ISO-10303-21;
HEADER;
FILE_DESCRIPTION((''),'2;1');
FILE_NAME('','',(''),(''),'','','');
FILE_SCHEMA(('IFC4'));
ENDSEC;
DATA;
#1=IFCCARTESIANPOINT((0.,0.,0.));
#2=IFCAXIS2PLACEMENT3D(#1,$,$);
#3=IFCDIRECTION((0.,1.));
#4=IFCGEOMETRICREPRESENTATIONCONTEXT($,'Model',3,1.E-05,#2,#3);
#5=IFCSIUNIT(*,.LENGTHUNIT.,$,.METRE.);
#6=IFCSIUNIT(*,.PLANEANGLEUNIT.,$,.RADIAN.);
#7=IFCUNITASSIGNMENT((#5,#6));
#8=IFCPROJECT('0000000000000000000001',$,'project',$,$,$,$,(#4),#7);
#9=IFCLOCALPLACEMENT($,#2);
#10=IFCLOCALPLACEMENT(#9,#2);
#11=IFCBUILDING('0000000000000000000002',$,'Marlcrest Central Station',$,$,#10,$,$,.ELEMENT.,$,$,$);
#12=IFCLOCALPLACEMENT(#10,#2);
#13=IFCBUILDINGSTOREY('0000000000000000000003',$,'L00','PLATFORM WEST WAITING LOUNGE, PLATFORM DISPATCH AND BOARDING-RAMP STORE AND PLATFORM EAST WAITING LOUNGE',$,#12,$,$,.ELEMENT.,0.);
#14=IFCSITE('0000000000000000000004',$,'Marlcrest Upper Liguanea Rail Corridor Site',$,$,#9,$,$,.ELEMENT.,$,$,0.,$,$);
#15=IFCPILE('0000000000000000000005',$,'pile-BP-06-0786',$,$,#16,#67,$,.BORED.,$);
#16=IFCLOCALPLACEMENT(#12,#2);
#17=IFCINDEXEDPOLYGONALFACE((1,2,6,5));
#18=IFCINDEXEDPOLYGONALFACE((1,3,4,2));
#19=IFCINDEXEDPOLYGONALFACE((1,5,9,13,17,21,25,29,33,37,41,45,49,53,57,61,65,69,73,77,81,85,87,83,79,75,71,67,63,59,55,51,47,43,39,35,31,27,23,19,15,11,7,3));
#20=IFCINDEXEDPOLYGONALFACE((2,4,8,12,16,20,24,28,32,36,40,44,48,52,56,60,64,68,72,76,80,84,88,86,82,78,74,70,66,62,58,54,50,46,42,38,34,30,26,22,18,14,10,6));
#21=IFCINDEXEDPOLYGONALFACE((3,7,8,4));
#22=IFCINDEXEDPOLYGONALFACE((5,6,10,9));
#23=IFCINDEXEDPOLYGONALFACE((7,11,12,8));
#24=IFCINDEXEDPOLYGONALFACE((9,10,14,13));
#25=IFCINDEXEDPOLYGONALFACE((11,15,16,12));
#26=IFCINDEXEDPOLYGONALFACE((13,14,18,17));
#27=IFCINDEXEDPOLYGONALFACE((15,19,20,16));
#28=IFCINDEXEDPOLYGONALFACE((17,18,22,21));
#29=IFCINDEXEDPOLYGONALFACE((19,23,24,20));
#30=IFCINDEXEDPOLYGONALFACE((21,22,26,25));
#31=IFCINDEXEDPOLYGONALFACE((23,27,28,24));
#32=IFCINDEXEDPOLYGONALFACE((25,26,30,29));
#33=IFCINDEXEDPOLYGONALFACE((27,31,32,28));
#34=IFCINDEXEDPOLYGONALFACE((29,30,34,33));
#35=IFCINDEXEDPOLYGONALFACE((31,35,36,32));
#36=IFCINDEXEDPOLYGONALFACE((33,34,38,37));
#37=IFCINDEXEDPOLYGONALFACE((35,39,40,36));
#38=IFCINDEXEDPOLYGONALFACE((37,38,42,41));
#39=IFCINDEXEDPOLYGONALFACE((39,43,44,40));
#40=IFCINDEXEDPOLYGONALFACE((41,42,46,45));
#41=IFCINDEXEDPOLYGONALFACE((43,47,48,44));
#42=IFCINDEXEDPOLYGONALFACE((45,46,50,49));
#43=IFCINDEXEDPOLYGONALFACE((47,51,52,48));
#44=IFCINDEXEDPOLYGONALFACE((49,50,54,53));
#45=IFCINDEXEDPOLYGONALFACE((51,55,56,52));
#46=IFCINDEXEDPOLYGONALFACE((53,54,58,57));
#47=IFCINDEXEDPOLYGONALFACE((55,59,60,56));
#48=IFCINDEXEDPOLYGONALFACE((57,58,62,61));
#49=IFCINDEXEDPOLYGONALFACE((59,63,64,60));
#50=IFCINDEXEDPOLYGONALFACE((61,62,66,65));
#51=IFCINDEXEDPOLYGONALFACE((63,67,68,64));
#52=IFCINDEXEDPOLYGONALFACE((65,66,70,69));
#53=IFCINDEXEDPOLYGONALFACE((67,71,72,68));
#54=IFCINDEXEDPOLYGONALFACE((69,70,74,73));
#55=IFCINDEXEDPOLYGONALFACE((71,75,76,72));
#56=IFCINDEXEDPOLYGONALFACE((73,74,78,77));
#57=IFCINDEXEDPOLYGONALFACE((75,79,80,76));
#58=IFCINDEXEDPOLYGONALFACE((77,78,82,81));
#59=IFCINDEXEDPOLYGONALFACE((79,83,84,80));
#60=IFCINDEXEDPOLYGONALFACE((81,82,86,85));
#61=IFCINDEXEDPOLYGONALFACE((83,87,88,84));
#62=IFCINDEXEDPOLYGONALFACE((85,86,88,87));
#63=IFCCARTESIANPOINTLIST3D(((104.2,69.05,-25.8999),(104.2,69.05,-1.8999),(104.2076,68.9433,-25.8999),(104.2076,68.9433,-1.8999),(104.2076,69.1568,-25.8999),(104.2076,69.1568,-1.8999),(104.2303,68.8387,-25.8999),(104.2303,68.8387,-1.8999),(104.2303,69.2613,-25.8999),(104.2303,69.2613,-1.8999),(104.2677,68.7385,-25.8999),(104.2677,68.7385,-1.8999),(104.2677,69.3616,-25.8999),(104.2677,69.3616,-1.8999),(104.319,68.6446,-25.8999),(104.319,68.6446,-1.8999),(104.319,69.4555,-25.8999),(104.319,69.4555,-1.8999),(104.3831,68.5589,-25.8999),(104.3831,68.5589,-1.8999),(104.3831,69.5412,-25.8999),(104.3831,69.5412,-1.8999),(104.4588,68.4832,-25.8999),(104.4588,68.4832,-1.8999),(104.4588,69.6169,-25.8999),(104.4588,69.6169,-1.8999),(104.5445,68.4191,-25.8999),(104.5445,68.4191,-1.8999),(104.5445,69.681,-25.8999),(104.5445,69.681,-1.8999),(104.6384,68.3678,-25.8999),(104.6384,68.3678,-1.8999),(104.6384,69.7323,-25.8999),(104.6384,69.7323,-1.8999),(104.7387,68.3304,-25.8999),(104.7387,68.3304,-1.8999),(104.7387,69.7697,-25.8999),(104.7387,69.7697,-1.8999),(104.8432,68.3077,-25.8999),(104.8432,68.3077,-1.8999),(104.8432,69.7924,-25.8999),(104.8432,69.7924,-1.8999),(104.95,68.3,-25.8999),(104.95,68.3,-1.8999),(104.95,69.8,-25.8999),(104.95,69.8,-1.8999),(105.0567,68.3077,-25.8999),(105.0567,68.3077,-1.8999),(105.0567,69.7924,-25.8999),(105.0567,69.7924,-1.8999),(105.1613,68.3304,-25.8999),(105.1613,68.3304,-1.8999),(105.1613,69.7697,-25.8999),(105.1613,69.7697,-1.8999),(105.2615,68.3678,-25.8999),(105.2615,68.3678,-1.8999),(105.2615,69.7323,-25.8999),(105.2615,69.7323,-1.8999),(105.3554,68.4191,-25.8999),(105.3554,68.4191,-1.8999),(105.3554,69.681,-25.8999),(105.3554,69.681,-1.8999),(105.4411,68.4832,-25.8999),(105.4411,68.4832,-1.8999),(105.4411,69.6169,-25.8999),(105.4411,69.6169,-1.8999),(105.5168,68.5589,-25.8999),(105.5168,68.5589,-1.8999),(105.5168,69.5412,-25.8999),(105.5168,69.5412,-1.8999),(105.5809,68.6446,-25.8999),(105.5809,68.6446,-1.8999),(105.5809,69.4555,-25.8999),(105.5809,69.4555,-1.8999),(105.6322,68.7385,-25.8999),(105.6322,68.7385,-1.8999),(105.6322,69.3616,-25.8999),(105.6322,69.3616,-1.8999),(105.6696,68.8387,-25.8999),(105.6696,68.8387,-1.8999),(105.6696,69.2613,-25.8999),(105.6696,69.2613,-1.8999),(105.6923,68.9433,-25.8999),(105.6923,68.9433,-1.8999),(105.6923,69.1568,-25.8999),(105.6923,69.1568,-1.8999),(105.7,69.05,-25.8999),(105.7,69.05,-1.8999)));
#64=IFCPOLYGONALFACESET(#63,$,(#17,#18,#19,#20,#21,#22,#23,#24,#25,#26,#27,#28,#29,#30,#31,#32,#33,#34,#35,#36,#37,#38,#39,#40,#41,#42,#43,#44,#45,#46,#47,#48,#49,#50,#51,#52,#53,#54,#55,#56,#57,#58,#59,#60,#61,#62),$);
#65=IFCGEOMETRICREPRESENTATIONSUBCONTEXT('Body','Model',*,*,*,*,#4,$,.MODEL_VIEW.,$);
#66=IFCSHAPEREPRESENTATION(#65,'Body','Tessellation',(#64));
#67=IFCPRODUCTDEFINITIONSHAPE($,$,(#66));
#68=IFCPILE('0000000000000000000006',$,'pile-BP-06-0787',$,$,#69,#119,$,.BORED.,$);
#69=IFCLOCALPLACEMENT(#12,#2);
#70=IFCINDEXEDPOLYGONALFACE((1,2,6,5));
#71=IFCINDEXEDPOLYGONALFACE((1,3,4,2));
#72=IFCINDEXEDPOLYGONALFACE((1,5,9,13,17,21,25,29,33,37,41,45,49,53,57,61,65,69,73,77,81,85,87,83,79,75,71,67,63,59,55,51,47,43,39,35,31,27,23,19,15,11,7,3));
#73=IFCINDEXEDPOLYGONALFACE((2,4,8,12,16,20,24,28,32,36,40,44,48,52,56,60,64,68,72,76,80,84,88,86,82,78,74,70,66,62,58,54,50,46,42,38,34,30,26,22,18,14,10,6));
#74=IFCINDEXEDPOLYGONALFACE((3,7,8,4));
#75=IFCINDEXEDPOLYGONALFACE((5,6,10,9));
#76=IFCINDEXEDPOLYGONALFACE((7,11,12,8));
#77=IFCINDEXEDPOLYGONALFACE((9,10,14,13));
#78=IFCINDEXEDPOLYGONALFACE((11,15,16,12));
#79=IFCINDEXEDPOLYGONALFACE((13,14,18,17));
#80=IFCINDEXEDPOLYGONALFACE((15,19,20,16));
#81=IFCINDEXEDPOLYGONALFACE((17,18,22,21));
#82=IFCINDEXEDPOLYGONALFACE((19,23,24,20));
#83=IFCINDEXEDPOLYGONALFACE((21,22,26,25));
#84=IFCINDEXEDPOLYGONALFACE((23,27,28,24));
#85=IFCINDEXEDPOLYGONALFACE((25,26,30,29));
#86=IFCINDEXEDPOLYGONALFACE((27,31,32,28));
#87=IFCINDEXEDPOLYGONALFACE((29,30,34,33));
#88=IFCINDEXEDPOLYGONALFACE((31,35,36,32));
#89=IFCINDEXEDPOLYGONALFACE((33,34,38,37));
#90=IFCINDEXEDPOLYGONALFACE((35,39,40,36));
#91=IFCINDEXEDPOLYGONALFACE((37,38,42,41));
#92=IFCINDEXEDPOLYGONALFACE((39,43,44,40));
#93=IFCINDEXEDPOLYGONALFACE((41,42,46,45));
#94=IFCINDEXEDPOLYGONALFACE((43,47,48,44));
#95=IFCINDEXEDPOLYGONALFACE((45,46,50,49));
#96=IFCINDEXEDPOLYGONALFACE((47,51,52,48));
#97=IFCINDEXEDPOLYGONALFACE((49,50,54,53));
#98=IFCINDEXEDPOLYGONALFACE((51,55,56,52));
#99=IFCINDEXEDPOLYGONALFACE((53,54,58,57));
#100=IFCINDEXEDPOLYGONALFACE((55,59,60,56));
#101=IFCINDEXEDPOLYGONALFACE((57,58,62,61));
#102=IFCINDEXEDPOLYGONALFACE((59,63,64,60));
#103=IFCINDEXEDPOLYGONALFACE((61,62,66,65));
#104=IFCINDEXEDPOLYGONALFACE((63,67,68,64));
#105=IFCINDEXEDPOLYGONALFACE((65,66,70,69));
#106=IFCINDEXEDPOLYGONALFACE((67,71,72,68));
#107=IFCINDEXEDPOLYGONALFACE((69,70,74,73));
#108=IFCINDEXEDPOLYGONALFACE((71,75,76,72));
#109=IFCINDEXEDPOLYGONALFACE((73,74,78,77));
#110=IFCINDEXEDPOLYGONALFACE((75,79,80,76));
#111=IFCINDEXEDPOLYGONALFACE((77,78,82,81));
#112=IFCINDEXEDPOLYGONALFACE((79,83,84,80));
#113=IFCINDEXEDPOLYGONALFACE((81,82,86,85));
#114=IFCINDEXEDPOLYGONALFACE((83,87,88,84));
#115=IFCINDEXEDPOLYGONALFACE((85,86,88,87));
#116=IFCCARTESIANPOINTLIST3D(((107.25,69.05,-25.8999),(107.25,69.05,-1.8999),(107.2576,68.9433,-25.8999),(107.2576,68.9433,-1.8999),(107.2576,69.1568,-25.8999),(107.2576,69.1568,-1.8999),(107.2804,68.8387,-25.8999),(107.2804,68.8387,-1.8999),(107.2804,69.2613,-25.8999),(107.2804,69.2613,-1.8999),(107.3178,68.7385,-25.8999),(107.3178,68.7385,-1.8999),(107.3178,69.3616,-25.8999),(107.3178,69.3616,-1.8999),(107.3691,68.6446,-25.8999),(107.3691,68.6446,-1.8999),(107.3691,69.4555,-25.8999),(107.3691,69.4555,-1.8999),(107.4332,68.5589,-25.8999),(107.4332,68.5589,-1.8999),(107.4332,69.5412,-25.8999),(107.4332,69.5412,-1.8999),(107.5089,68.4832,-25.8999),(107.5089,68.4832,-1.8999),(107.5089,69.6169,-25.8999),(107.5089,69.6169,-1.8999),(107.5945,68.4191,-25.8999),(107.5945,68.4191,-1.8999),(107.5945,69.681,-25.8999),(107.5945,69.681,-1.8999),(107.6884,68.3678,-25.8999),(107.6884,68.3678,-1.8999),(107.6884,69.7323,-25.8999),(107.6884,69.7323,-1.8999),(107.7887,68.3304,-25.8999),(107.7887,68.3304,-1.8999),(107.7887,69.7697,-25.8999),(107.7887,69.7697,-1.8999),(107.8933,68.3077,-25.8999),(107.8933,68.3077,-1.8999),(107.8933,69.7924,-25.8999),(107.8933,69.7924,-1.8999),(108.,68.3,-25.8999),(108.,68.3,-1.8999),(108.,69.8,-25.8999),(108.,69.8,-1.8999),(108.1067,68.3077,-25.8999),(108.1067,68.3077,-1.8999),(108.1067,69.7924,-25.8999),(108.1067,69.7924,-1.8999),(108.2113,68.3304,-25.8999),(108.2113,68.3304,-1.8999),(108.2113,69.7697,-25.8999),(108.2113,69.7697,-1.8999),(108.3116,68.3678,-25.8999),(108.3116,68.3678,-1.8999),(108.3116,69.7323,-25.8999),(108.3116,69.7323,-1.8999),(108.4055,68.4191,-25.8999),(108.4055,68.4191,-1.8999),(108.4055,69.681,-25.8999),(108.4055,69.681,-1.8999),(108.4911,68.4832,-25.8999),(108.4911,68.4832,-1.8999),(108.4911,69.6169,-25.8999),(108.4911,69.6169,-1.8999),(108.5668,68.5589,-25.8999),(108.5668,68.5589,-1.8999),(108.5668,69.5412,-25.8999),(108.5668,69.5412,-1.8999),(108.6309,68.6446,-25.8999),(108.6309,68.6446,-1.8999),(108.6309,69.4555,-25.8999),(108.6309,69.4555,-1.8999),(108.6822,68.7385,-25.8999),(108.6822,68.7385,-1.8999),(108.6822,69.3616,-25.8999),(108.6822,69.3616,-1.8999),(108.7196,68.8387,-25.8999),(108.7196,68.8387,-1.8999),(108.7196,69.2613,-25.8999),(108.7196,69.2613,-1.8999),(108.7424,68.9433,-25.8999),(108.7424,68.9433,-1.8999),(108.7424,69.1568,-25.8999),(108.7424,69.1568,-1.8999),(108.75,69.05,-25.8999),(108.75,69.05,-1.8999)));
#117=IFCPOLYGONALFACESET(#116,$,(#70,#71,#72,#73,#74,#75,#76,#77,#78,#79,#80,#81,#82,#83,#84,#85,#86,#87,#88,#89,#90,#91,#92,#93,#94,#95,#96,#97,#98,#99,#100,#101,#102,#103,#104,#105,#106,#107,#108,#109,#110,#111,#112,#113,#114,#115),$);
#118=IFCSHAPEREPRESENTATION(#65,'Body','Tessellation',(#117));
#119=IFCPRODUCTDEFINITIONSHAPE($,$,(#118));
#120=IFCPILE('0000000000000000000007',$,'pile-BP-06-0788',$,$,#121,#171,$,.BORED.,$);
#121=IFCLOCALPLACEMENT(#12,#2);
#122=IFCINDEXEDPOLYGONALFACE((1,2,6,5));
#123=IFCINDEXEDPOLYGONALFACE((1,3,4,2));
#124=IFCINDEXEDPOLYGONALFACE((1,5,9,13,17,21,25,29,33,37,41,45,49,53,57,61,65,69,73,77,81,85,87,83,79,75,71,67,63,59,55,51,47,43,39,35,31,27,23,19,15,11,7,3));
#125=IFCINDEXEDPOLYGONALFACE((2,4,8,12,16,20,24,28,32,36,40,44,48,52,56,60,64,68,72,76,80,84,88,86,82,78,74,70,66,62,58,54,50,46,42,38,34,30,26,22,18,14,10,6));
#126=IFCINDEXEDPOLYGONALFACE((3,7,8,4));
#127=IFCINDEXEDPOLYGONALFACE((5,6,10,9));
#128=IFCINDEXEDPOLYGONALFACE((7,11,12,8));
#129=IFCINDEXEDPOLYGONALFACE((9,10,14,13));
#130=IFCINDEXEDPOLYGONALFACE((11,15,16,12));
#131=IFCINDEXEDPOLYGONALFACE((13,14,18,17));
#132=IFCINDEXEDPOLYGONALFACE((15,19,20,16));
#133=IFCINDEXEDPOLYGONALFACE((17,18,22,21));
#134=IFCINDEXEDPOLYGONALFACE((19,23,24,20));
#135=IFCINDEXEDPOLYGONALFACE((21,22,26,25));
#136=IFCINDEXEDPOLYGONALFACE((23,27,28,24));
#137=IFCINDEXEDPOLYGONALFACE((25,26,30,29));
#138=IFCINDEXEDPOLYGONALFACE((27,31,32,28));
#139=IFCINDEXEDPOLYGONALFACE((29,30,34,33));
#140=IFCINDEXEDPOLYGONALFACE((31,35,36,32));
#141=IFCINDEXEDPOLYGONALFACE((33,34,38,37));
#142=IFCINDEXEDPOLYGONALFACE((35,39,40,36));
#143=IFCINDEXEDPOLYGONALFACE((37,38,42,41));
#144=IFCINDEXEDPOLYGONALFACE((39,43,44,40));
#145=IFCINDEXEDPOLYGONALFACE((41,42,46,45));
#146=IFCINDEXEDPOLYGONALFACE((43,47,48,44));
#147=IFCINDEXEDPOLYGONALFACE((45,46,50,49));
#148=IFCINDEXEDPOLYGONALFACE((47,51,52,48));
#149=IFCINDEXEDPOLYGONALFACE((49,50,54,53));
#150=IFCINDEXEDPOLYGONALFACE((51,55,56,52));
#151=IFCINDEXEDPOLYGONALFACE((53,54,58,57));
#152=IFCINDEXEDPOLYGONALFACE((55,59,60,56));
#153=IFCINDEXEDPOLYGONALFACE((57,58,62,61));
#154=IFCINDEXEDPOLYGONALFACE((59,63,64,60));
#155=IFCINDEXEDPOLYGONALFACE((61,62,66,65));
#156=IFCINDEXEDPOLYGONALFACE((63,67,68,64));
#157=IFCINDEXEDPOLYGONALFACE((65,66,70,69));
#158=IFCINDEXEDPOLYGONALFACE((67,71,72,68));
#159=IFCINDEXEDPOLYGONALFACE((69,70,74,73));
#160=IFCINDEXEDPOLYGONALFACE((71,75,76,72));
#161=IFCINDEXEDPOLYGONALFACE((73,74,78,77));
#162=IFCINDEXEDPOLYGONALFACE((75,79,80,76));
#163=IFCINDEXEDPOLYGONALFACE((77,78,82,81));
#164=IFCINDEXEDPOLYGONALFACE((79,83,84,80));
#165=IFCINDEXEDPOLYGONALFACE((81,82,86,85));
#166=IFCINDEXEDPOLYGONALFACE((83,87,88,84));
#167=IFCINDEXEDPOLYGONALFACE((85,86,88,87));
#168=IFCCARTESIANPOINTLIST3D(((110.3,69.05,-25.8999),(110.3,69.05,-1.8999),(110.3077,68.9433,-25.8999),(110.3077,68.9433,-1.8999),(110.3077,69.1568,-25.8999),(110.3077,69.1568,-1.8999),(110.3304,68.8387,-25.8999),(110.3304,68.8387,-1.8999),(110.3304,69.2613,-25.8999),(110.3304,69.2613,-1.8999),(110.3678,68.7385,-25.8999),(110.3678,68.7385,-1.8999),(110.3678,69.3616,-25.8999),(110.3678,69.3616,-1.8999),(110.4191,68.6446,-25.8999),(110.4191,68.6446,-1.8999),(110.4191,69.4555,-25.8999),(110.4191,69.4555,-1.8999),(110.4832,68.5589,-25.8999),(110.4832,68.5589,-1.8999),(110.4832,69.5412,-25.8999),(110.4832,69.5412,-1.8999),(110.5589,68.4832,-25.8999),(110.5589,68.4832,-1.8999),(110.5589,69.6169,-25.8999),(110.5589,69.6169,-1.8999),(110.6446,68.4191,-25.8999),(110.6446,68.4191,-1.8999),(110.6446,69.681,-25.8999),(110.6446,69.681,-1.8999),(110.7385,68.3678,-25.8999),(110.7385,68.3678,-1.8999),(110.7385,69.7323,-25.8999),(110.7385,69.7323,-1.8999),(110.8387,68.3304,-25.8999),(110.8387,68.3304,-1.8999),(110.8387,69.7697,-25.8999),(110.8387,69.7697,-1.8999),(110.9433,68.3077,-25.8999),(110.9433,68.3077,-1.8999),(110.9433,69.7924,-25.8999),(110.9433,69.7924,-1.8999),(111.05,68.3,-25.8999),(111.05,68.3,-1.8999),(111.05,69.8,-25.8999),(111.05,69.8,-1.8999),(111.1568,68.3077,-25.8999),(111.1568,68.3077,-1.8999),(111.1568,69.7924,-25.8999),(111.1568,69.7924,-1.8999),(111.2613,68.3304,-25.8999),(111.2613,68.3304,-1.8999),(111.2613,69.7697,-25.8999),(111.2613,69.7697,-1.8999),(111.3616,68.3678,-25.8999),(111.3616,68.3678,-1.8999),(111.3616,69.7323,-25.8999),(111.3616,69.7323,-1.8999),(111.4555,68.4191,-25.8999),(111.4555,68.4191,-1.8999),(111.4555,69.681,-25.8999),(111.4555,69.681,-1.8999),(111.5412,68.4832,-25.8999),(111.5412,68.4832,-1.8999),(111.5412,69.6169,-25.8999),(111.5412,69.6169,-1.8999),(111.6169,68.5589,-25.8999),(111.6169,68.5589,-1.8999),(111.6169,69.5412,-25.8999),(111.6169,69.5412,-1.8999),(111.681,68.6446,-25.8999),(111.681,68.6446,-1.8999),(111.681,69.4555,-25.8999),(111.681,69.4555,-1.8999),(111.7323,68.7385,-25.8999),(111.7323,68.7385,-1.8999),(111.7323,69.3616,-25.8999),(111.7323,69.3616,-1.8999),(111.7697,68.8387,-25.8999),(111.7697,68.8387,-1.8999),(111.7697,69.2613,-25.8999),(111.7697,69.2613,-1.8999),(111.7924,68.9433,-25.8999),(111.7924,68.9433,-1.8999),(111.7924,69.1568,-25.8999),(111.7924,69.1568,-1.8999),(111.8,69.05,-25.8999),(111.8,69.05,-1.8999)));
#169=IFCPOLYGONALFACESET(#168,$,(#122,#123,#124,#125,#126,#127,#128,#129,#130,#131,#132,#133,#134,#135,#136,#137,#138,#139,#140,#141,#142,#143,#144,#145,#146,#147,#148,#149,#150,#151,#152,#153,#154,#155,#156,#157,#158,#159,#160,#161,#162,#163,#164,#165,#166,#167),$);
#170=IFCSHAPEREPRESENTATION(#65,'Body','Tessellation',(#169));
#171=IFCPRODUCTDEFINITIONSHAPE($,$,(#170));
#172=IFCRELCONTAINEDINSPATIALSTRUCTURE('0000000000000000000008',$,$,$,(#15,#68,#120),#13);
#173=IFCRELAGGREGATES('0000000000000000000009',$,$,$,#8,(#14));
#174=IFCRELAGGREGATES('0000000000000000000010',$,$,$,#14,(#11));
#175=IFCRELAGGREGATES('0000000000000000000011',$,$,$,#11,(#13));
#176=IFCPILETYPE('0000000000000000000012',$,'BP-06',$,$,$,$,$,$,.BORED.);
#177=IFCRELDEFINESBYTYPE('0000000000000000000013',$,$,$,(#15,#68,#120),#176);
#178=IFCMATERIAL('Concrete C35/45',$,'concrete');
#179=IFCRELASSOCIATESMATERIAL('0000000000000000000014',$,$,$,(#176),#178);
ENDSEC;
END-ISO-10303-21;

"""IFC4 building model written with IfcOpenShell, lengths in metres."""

from ifc_helpers import new_model, si_unit, direction, frame, origin, origin_2d, place, context, subcontext, project, spatial, circle, extrude, material, material_profile, profile_set, type_object, element, save


model = new_model("IFC4")

# Units and contexts
model_context = context("Model", 3, precision=1e-05, world=origin(), true_north=direction((0.0, 1.0)))
body_context = subcontext(model_context, "Body", "Model", "MODEL_VIEW")
ifc_project = project(units=[si_unit("LENGTHUNIT", "METRE"), si_unit("PLANEANGLEUNIT", "RADIAN")], contexts=[model_context])

# Site, building, storey
site_placement = place(None, origin())
site = spatial("IfcSite", under=ifc_project, at=site_placement, Name="Marlcrest Upper Liguanea Rail Corridor Site", CompositionType="ELEMENT", RefElevation=0.0)
building_placement = place(site_placement, origin())
building = spatial("IfcBuilding", under=site, at=building_placement, Name="Marlcrest Central Station", CompositionType="ELEMENT")
storey_placement = place(building_placement, origin())
storey = spatial("IfcBuildingStorey", under=building, at=storey_placement, Name="L00", Description="PLATFORM WEST WAITING LOUNGE, PLATFORM DISPATCH AND BOARDING-RAMP STORE AND PLATFORM EAST WAITING LOUNGE", CompositionType="ELEMENT", Elevation=0.0)

# Piles
ifc_material_1 = material(Name="Concrete C35/45", Category="concrete")
ifc_material_profile_1 = material_profile(ifc_material_1, circle(Radius=0.75, at=origin_2d()), Name="PILE D1500")
ifc_profile_set_1 = profile_set([ifc_material_profile_1], Name="Concrete C35/45")
pile_type_1 = type_object("IfcPileType", Name="BP-06", PredefinedType="BORED", material=ifc_profile_set_1)
for number, where, z_axis, x_axis, name in (
    (1, (104.95, 69.05, -1.8999), (0.0, 0.0, -1.0), (1.0, 0.0, 0.0), "pile-BP-06-0786"),
    (2, (108.0, 69.05, -1.8999), (0.0, 0.0, -1.0), (1.0, 0.0, 0.0), "pile-BP-06-0787"),
    (3, (111.05, 69.05, -1.8999), (0.0, 0.0, -1.0), (1.0, 0.0, 0.0), "pile-BP-06-0788"),
):
    element("IfcPile", number, at=place(storey_placement, frame(where, z_axis=z_axis, x_axis=x_axis)), inside=storey, type_object=pile_type_1, Name=name, PredefinedType="BORED", context=body_context, shape_type="SweptSolid", body=[
        extrude(circle(Radius=0.75, at=origin_2d()), origin(), (0.0, 0.0, 1.0), 24.0),
    ])

save(model, "model.ifc")
